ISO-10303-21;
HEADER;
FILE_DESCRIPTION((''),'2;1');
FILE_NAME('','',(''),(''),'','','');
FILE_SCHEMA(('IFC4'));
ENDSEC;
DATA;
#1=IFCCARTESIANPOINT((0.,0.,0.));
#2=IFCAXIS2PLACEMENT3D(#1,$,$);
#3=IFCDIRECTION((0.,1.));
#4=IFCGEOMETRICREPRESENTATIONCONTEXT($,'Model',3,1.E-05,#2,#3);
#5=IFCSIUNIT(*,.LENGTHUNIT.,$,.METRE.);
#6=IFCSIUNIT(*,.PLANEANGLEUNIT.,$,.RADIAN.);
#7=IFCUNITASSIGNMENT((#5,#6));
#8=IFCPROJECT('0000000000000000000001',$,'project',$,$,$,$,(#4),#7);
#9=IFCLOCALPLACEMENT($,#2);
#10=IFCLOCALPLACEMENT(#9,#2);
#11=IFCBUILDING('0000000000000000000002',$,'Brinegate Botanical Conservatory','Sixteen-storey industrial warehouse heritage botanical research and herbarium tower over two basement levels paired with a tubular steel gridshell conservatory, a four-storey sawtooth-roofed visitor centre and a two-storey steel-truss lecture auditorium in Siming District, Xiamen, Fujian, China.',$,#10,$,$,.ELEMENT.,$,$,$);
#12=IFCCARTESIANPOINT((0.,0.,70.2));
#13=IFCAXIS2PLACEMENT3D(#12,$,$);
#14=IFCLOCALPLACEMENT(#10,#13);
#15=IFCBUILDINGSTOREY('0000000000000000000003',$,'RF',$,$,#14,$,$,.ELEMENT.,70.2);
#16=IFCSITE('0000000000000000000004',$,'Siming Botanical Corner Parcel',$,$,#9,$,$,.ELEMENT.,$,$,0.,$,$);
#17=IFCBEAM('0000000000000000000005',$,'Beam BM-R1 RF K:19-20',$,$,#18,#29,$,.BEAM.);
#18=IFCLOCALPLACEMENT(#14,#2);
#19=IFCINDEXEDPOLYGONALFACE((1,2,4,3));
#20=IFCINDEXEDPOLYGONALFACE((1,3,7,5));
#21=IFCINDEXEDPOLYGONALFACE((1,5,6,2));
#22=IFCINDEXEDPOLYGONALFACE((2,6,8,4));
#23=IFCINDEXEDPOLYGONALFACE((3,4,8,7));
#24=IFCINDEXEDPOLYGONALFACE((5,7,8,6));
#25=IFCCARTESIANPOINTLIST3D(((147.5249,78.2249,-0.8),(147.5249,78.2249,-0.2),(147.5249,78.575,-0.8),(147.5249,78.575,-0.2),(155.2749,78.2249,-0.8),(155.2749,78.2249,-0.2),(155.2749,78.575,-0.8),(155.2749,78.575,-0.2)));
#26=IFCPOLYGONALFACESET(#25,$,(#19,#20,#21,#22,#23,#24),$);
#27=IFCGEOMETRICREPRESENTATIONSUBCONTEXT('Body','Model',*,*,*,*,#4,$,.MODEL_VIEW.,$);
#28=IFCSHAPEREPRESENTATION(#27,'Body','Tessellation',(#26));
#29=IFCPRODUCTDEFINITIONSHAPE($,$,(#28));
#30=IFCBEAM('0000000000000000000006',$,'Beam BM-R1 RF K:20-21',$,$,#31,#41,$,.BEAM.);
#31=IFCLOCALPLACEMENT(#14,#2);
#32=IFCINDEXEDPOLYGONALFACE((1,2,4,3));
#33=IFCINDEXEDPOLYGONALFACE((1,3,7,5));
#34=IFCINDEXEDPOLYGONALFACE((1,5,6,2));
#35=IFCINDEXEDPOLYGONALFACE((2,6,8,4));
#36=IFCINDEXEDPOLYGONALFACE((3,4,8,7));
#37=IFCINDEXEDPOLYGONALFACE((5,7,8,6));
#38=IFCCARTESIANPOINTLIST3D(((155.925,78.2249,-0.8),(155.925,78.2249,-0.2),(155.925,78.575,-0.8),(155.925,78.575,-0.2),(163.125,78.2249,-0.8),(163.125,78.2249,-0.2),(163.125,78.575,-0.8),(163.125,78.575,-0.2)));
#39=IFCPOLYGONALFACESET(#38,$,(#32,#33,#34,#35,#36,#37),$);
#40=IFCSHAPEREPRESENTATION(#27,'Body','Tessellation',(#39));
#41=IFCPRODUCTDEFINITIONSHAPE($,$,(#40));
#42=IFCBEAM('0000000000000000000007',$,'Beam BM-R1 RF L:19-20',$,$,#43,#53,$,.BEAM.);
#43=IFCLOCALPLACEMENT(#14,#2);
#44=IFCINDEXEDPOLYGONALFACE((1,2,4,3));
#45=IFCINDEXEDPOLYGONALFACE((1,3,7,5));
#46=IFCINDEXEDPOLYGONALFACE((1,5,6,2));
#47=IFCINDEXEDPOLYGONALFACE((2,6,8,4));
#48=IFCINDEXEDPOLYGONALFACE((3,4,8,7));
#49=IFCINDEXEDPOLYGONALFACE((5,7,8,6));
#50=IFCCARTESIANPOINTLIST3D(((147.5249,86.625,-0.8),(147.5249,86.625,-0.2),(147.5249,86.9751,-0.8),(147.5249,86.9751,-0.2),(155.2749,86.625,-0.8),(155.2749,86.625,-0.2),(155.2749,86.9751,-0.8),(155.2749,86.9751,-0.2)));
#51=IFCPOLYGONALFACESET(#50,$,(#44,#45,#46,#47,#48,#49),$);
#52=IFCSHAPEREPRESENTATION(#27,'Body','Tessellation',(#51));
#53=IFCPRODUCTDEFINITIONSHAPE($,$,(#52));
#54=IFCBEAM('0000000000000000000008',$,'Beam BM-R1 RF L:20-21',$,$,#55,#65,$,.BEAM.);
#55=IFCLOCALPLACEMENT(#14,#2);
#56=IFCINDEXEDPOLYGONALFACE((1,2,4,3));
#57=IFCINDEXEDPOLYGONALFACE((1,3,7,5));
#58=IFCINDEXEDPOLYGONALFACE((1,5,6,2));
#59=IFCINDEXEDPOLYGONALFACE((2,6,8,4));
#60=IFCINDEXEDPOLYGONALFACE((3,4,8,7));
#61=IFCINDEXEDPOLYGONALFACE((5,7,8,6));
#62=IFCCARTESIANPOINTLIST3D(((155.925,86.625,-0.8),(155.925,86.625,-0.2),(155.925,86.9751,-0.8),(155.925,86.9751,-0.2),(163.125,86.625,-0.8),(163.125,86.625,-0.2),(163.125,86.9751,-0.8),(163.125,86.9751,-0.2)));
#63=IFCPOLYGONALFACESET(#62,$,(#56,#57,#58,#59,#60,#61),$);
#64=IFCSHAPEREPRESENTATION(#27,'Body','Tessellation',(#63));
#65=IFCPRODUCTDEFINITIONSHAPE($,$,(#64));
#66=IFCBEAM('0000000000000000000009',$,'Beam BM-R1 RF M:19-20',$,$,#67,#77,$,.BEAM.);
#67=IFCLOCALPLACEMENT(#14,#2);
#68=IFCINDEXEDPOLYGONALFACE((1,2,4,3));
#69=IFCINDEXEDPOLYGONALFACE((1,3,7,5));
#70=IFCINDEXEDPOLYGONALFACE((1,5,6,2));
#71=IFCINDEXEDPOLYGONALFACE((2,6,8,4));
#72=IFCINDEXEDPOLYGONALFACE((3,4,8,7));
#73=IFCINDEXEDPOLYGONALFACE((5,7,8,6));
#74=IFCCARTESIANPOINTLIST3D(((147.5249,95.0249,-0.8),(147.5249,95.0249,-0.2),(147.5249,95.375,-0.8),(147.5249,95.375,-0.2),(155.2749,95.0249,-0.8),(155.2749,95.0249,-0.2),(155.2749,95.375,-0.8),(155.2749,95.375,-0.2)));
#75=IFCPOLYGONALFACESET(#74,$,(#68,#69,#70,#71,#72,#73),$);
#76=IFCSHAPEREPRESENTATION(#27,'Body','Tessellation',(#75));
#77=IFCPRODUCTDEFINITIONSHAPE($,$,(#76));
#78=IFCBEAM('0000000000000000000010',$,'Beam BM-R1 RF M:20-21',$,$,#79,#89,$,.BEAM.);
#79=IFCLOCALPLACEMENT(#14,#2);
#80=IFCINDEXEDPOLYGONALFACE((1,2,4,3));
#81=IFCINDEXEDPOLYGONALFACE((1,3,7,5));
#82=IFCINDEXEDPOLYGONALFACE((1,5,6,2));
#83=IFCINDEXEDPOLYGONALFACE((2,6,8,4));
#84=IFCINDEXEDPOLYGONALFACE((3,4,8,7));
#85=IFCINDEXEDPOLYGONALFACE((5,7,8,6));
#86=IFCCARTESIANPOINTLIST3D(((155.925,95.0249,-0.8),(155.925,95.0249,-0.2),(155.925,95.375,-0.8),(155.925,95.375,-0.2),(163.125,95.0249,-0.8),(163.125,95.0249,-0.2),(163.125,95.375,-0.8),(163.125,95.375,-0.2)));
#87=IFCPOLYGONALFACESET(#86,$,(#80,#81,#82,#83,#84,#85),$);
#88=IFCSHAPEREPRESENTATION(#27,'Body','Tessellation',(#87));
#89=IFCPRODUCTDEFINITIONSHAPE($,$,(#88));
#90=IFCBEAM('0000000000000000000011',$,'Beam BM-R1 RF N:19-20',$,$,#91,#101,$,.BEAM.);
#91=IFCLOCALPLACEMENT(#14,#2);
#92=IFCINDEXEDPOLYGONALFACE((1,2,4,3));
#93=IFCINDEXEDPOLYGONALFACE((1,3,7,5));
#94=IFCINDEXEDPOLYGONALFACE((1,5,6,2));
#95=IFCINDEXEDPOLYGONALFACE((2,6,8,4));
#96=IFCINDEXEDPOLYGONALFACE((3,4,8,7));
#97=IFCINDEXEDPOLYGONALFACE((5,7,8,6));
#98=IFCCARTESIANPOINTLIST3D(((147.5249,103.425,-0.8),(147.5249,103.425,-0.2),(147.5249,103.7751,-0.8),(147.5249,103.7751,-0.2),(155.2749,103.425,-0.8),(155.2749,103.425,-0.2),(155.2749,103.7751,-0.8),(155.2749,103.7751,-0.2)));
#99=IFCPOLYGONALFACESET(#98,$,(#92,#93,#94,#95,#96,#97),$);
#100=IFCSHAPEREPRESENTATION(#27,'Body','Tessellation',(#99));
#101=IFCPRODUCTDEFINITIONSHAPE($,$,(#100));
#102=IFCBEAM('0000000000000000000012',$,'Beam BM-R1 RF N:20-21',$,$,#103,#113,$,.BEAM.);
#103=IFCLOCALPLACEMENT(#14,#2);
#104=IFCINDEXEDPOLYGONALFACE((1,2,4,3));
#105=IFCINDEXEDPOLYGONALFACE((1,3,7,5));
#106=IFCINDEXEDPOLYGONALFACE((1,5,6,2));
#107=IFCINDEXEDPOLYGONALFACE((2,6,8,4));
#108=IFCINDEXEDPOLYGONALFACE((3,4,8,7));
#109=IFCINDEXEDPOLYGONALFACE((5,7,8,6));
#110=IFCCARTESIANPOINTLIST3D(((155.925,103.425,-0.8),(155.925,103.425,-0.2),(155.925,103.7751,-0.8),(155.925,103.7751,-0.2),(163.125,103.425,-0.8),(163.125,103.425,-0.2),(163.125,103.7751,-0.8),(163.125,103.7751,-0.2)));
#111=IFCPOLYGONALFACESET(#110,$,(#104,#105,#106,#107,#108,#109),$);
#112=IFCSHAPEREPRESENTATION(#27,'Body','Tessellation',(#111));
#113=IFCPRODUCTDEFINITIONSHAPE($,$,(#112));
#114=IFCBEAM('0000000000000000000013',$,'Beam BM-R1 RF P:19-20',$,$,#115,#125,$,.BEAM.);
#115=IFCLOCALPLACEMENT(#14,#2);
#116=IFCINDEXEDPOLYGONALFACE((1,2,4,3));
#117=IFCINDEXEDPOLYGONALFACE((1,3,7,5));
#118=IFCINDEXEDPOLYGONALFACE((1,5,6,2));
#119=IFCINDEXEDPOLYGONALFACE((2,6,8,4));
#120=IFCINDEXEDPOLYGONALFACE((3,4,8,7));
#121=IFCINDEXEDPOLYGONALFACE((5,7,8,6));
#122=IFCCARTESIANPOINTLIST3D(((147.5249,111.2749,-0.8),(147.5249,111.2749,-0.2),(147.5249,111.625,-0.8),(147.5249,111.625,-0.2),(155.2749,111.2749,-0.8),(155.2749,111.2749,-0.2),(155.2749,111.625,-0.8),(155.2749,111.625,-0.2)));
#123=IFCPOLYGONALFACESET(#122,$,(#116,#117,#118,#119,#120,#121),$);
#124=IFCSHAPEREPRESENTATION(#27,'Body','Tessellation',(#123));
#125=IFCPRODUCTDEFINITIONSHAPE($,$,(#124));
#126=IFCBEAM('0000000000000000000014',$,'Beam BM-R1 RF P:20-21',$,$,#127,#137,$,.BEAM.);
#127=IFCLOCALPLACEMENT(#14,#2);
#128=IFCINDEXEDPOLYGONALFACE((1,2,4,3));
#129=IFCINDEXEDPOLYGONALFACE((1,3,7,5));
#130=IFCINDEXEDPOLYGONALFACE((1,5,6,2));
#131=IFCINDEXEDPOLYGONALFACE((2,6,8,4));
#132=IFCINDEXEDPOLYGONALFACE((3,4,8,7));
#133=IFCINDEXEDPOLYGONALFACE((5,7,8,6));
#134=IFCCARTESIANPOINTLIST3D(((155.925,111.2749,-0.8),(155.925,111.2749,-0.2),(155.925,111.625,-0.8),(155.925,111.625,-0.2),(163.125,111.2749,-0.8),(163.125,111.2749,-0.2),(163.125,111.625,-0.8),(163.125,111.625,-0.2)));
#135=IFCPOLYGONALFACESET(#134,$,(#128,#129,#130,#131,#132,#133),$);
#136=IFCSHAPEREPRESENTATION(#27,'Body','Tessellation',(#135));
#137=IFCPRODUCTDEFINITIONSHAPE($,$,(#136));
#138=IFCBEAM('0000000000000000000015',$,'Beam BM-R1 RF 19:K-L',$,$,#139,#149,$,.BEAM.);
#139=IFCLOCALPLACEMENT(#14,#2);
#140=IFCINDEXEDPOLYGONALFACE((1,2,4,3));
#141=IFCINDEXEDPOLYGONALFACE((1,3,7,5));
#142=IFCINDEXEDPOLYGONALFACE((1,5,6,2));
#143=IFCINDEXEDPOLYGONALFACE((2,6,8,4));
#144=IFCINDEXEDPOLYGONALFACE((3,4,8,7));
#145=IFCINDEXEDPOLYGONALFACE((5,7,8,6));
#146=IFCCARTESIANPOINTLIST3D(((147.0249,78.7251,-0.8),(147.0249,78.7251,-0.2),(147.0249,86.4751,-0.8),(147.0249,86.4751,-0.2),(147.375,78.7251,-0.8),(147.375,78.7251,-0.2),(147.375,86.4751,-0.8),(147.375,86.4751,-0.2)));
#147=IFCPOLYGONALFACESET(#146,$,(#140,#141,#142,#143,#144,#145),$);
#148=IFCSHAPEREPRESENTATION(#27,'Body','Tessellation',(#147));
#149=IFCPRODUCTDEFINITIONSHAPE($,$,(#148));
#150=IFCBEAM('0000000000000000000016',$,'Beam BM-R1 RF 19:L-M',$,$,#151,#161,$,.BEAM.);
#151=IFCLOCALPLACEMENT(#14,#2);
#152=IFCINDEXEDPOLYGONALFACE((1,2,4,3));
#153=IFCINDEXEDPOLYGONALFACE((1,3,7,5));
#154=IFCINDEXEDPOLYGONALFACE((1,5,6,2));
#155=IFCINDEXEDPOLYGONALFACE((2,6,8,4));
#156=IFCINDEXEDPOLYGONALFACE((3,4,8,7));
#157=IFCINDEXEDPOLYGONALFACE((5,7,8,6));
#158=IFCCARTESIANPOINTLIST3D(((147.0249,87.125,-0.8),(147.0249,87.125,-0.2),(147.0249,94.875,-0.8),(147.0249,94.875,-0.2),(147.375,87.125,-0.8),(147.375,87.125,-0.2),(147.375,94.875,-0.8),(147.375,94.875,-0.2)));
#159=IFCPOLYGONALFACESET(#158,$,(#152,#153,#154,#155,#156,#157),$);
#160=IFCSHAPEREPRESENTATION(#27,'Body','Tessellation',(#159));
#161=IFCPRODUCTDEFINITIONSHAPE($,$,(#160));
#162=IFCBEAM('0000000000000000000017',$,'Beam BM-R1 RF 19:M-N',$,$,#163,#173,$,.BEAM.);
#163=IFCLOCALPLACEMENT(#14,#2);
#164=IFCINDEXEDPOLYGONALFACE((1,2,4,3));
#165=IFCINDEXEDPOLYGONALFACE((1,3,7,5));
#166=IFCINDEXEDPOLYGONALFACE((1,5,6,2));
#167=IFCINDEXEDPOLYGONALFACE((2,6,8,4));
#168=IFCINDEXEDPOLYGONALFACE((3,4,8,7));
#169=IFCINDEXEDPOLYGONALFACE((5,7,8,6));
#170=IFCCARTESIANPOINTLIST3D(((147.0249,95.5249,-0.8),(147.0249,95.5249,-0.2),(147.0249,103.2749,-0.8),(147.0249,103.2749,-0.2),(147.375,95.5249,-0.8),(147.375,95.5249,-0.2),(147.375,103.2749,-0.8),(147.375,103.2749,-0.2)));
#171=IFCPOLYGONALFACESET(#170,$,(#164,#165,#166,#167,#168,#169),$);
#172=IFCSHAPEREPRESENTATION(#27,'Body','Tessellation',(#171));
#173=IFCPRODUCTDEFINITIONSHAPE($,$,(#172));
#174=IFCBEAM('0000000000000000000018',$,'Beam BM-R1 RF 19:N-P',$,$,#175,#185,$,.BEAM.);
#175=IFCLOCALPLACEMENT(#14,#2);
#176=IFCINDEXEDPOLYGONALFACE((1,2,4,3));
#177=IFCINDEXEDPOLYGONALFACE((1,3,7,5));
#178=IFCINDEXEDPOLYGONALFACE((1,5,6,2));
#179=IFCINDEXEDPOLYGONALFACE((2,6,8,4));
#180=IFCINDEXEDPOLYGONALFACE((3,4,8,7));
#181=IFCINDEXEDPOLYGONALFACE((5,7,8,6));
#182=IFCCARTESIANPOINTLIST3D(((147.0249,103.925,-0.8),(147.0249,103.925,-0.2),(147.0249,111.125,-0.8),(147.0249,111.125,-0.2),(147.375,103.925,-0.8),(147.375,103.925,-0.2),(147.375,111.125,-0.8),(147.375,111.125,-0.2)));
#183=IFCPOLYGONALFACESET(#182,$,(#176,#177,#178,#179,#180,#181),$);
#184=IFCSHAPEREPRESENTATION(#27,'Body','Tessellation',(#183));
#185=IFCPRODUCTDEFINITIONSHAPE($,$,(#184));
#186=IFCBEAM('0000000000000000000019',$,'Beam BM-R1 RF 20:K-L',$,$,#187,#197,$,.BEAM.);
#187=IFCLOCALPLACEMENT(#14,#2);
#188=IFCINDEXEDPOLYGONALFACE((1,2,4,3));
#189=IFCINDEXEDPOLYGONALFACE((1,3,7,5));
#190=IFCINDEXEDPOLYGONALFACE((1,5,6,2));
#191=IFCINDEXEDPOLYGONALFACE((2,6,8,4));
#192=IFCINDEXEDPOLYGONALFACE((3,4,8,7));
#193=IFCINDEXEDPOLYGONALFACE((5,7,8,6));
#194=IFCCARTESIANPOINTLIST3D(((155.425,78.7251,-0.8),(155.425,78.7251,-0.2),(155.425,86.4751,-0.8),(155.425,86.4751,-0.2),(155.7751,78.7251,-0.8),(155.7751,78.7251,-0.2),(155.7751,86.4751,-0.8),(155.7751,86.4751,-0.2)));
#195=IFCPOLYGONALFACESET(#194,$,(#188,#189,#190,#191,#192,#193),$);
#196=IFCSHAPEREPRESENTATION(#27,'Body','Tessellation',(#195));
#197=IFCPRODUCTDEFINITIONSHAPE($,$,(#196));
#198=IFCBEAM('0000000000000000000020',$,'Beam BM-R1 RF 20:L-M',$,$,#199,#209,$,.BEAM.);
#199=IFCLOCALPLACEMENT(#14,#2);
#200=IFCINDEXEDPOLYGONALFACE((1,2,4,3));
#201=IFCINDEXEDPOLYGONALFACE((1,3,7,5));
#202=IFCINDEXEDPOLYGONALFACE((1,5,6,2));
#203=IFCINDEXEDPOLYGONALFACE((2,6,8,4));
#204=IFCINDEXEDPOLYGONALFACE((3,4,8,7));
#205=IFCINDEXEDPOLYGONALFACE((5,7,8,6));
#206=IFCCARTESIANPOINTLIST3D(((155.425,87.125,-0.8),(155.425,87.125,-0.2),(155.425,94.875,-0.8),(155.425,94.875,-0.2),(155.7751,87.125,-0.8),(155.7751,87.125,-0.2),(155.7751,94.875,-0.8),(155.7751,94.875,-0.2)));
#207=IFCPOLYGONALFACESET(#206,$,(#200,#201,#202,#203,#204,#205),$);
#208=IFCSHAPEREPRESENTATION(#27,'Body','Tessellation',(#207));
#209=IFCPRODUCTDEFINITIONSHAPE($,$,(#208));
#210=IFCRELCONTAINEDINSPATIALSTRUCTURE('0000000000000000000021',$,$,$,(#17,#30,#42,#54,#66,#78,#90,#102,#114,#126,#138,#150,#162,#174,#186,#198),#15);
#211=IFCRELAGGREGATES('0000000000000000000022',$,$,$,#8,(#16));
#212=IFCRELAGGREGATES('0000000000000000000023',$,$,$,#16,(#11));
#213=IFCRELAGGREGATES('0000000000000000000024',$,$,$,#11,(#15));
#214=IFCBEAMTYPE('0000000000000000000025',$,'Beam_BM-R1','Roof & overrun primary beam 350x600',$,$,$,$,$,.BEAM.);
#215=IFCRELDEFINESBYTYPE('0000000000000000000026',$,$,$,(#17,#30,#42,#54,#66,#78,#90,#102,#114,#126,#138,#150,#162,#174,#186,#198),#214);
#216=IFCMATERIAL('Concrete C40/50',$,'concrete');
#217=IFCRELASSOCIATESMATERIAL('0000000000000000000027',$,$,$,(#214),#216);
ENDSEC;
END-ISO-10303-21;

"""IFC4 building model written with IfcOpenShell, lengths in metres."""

from ifc_helpers import new_model, si_unit, direction, frame, origin, origin_2d, place, context, subcontext, project, spatial, rectangle, extrude, material, material_profile, profile_set, type_object, element, save


model = new_model("IFC4")

# Units and contexts
model_context = context("Model", 3, precision=1e-05, world=origin(), true_north=direction((0.0, 1.0)))
body_context = subcontext(model_context, "Body", "Model", "MODEL_VIEW")
ifc_project = project(units=[si_unit("LENGTHUNIT", "METRE"), si_unit("PLANEANGLEUNIT", "RADIAN")], contexts=[model_context])

# Site, building, storey
site_placement = place(None, origin())
site = spatial("IfcSite", under=ifc_project, at=site_placement, Name="Siming Botanical Corner Parcel", CompositionType="ELEMENT", RefElevation=0.0)
building_placement = place(site_placement, origin())
building = spatial("IfcBuilding", under=site, at=building_placement, Name="Brinegate Botanical Conservatory", Description="Sixteen-storey industrial warehouse heritage botanical research and herbarium tower over two basement levels paired with a tubular steel gridshell conservatory, a four-storey sawtooth-roofed visitor centre and a two-storey steel-truss lecture auditorium in Siming District, Xiamen, Fujian, China.", CompositionType="ELEMENT")
storey_placement = place(building_placement, frame((0.0, 0.0, 70.2)))
storey = spatial("IfcBuildingStorey", under=building, at=storey_placement, Name="RF", CompositionType="ELEMENT", Elevation=70.2)

# Beams
ifc_material = material(Name="Concrete C40/50", Category="concrete")
ifc_material_profile_1 = material_profile(ifc_material, rectangle(XDim=0.3501, YDim=0.6001, at=origin_2d()), Name="RC BM 350x600")
ifc_profile_set_1 = profile_set([ifc_material_profile_1], Name="Concrete C40/50")
beam_type_1 = type_object("IfcBeamType", Name="Beam_BM-R1", Description="Roof & overrun primary beam 350x600", PredefinedType="BEAM", material=ifc_profile_set_1)
beam_1_placement = place(storey_placement, frame((147.5249, 78.3999, -0.5), z_axis=(1.0, 0.0, 0.0), x_axis=(0.0, 1.0, 0.0)))
element("IfcBeam", 1, at=beam_1_placement, inside=storey, type_object=beam_type_1, Name="Beam BM-R1 RF K:19-20", PredefinedType="BEAM", context=body_context, shape_type="SweptSolid", body=[
    extrude(rectangle(XDim=0.3501, YDim=0.6001, at=origin_2d()), origin(), (0.0, 0.0, 1.0), 7.75),
])
beam_2_placement = place(storey_placement, frame((155.925, 78.3999, -0.5), z_axis=(1.0, 0.0, 0.0), x_axis=(0.0, 1.0, 0.0)))
element("IfcBeam", 2, at=beam_2_placement, inside=storey, type_object=beam_type_1, Name="Beam BM-R1 RF K:20-21", PredefinedType="BEAM", context=body_context, shape_type="SweptSolid", body=[
    extrude(rectangle(XDim=0.3501, YDim=0.6001, at=origin_2d()), origin(), (0.0, 0.0, 1.0), 7.2),
])
beam_3_placement = place(storey_placement, frame((147.5249, 86.8, -0.5), z_axis=(1.0, 0.0, 0.0), x_axis=(0.0, 1.0, 0.0)))
element("IfcBeam", 3, at=beam_3_placement, inside=storey, type_object=beam_type_1, Name="Beam BM-R1 RF L:19-20", PredefinedType="BEAM", context=body_context, shape_type="SweptSolid", body=[
    extrude(rectangle(XDim=0.3501, YDim=0.6001, at=origin_2d()), origin(), (0.0, 0.0, 1.0), 7.75),
])
beam_4_placement = place(storey_placement, frame((155.925, 86.8, -0.5), z_axis=(1.0, 0.0, 0.0), x_axis=(0.0, 1.0, 0.0)))
element("IfcBeam", 4, at=beam_4_placement, inside=storey, type_object=beam_type_1, Name="Beam BM-R1 RF L:20-21", PredefinedType="BEAM", context=body_context, shape_type="SweptSolid", body=[
    extrude(rectangle(XDim=0.3501, YDim=0.6001, at=origin_2d()), origin(), (0.0, 0.0, 1.0), 7.2),
])
beam_5_placement = place(storey_placement, frame((147.5249, 95.2, -0.5), z_axis=(1.0, 0.0, 0.0), x_axis=(0.0, 1.0, 0.0)))
element("IfcBeam", 5, at=beam_5_placement, inside=storey, type_object=beam_type_1, Name="Beam BM-R1 RF M:19-20", PredefinedType="BEAM", context=body_context, shape_type="SweptSolid", body=[
    extrude(rectangle(XDim=0.3501, YDim=0.6001, at=origin_2d()), origin(), (0.0, 0.0, 1.0), 7.75),
])
beam_6_placement = place(storey_placement, frame((155.925, 95.2, -0.5), z_axis=(1.0, 0.0, 0.0), x_axis=(0.0, 1.0, 0.0)))
element("IfcBeam", 6, at=beam_6_placement, inside=storey, type_object=beam_type_1, Name="Beam BM-R1 RF M:20-21", PredefinedType="BEAM", context=body_context, shape_type="SweptSolid", body=[
    extrude(rectangle(XDim=0.3501, YDim=0.6001, at=origin_2d()), origin(), (0.0, 0.0, 1.0), 7.2),
])
beam_7_placement = place(storey_placement, frame((147.5249, 103.6001, -0.5), z_axis=(1.0, 0.0, 0.0), x_axis=(0.0, 1.0, 0.0)))
element("IfcBeam", 7, at=beam_7_placement, inside=storey, type_object=beam_type_1, Name="Beam BM-R1 RF N:19-20", PredefinedType="BEAM", context=body_context, shape_type="SweptSolid", body=[
    extrude(rectangle(XDim=0.3501, YDim=0.6001, at=origin_2d()), origin(), (0.0, 0.0, 1.0), 7.75),
])
beam_8_placement = place(storey_placement, frame((155.925, 103.6001, -0.5), z_axis=(1.0, 0.0, 0.0), x_axis=(0.0, 1.0, 0.0)))
element("IfcBeam", 8, at=beam_8_placement, inside=storey, type_object=beam_type_1, Name="Beam BM-R1 RF N:20-21", PredefinedType="BEAM", context=body_context, shape_type="SweptSolid", body=[
    extrude(rectangle(XDim=0.3501, YDim=0.6001, at=origin_2d()), origin(), (0.0, 0.0, 1.0), 7.2),
])
beam_9_placement = place(storey_placement, frame((147.5249, 111.45, -0.5), z_axis=(1.0, 0.0, 0.0), x_axis=(0.0, 1.0, 0.0)))
element("IfcBeam", 9, at=beam_9_placement, inside=storey, type_object=beam_type_1, Name="Beam BM-R1 RF P:19-20", PredefinedType="BEAM", context=body_context, shape_type="SweptSolid", body=[
    extrude(rectangle(XDim=0.3501, YDim=0.6001, at=origin_2d()), origin(), (0.0, 0.0, 1.0), 7.75),
])
beam_10_placement = place(storey_placement, frame((155.925, 111.45, -0.5), z_axis=(1.0, 0.0, 0.0), x_axis=(0.0, 1.0, 0.0)))
element("IfcBeam", 10, at=beam_10_placement, inside=storey, type_object=beam_type_1, Name="Beam BM-R1 RF P:20-21", PredefinedType="BEAM", context=body_context, shape_type="SweptSolid", body=[
    extrude(rectangle(XDim=0.3501, YDim=0.6001, at=origin_2d()), origin(), (0.0, 0.0, 1.0), 7.2),
])
for number, where, z_axis, x_axis, name in (
    (11, (147.2, 78.7251, -0.5), (0.0, 1.0, 0.0), (-1.0, 0.0, 0.0), "Beam BM-R1 RF 19:K-L"),
    (12, (147.2, 87.125, -0.5), (0.0, 1.0, 0.0), (-1.0, 0.0, 0.0), "Beam BM-R1 RF 19:L-M"),
    (13, (147.2, 95.5249, -0.5), (0.0, 1.0, 0.0), (-1.0, 0.0, 0.0), "Beam BM-R1 RF 19:M-N"),
):
    element("IfcBeam", number, at=place(storey_placement, frame(where, z_axis=z_axis, x_axis=x_axis)), inside=storey, type_object=beam_type_1, Name=name, PredefinedType="BEAM", context=body_context, shape_type="SweptSolid", body=[
        extrude(rectangle(XDim=0.3501, YDim=0.6001, at=origin_2d()), origin(), (0.0, 0.0, 1.0), 7.75),
    ])
beam_11_placement = place(storey_placement, frame((147.2, 103.925, -0.5), z_axis=(0.0, 1.0, 0.0), x_axis=(-1.0, 0.0, 0.0)))
element("IfcBeam", 14, at=beam_11_placement, inside=storey, type_object=beam_type_1, Name="Beam BM-R1 RF 19:N-P", PredefinedType="BEAM", context=body_context, shape_type="SweptSolid", body=[
    extrude(rectangle(XDim=0.3501, YDim=0.6001, at=origin_2d()), origin(), (0.0, 0.0, 1.0), 7.2),
])
for number, where, z_axis, x_axis, name in (
    (15, (155.6001, 78.7251, -0.5), (0.0, 1.0, 0.0), (-1.0, 0.0, 0.0), "Beam BM-R1 RF 20:K-L"),
    (16, (155.6001, 87.125, -0.5), (0.0, 1.0, 0.0), (-1.0, 0.0, 0.0), "Beam BM-R1 RF 20:L-M"),
):
    element("IfcBeam", number, at=place(storey_placement, frame(where, z_axis=z_axis, x_axis=x_axis)), inside=storey, type_object=beam_type_1, Name=name, PredefinedType="BEAM", context=body_context, shape_type="SweptSolid", body=[
        extrude(rectangle(XDim=0.3501, YDim=0.6001, at=origin_2d()), origin(), (0.0, 0.0, 1.0), 7.75),
    ])

save(model, "model.ifc")
